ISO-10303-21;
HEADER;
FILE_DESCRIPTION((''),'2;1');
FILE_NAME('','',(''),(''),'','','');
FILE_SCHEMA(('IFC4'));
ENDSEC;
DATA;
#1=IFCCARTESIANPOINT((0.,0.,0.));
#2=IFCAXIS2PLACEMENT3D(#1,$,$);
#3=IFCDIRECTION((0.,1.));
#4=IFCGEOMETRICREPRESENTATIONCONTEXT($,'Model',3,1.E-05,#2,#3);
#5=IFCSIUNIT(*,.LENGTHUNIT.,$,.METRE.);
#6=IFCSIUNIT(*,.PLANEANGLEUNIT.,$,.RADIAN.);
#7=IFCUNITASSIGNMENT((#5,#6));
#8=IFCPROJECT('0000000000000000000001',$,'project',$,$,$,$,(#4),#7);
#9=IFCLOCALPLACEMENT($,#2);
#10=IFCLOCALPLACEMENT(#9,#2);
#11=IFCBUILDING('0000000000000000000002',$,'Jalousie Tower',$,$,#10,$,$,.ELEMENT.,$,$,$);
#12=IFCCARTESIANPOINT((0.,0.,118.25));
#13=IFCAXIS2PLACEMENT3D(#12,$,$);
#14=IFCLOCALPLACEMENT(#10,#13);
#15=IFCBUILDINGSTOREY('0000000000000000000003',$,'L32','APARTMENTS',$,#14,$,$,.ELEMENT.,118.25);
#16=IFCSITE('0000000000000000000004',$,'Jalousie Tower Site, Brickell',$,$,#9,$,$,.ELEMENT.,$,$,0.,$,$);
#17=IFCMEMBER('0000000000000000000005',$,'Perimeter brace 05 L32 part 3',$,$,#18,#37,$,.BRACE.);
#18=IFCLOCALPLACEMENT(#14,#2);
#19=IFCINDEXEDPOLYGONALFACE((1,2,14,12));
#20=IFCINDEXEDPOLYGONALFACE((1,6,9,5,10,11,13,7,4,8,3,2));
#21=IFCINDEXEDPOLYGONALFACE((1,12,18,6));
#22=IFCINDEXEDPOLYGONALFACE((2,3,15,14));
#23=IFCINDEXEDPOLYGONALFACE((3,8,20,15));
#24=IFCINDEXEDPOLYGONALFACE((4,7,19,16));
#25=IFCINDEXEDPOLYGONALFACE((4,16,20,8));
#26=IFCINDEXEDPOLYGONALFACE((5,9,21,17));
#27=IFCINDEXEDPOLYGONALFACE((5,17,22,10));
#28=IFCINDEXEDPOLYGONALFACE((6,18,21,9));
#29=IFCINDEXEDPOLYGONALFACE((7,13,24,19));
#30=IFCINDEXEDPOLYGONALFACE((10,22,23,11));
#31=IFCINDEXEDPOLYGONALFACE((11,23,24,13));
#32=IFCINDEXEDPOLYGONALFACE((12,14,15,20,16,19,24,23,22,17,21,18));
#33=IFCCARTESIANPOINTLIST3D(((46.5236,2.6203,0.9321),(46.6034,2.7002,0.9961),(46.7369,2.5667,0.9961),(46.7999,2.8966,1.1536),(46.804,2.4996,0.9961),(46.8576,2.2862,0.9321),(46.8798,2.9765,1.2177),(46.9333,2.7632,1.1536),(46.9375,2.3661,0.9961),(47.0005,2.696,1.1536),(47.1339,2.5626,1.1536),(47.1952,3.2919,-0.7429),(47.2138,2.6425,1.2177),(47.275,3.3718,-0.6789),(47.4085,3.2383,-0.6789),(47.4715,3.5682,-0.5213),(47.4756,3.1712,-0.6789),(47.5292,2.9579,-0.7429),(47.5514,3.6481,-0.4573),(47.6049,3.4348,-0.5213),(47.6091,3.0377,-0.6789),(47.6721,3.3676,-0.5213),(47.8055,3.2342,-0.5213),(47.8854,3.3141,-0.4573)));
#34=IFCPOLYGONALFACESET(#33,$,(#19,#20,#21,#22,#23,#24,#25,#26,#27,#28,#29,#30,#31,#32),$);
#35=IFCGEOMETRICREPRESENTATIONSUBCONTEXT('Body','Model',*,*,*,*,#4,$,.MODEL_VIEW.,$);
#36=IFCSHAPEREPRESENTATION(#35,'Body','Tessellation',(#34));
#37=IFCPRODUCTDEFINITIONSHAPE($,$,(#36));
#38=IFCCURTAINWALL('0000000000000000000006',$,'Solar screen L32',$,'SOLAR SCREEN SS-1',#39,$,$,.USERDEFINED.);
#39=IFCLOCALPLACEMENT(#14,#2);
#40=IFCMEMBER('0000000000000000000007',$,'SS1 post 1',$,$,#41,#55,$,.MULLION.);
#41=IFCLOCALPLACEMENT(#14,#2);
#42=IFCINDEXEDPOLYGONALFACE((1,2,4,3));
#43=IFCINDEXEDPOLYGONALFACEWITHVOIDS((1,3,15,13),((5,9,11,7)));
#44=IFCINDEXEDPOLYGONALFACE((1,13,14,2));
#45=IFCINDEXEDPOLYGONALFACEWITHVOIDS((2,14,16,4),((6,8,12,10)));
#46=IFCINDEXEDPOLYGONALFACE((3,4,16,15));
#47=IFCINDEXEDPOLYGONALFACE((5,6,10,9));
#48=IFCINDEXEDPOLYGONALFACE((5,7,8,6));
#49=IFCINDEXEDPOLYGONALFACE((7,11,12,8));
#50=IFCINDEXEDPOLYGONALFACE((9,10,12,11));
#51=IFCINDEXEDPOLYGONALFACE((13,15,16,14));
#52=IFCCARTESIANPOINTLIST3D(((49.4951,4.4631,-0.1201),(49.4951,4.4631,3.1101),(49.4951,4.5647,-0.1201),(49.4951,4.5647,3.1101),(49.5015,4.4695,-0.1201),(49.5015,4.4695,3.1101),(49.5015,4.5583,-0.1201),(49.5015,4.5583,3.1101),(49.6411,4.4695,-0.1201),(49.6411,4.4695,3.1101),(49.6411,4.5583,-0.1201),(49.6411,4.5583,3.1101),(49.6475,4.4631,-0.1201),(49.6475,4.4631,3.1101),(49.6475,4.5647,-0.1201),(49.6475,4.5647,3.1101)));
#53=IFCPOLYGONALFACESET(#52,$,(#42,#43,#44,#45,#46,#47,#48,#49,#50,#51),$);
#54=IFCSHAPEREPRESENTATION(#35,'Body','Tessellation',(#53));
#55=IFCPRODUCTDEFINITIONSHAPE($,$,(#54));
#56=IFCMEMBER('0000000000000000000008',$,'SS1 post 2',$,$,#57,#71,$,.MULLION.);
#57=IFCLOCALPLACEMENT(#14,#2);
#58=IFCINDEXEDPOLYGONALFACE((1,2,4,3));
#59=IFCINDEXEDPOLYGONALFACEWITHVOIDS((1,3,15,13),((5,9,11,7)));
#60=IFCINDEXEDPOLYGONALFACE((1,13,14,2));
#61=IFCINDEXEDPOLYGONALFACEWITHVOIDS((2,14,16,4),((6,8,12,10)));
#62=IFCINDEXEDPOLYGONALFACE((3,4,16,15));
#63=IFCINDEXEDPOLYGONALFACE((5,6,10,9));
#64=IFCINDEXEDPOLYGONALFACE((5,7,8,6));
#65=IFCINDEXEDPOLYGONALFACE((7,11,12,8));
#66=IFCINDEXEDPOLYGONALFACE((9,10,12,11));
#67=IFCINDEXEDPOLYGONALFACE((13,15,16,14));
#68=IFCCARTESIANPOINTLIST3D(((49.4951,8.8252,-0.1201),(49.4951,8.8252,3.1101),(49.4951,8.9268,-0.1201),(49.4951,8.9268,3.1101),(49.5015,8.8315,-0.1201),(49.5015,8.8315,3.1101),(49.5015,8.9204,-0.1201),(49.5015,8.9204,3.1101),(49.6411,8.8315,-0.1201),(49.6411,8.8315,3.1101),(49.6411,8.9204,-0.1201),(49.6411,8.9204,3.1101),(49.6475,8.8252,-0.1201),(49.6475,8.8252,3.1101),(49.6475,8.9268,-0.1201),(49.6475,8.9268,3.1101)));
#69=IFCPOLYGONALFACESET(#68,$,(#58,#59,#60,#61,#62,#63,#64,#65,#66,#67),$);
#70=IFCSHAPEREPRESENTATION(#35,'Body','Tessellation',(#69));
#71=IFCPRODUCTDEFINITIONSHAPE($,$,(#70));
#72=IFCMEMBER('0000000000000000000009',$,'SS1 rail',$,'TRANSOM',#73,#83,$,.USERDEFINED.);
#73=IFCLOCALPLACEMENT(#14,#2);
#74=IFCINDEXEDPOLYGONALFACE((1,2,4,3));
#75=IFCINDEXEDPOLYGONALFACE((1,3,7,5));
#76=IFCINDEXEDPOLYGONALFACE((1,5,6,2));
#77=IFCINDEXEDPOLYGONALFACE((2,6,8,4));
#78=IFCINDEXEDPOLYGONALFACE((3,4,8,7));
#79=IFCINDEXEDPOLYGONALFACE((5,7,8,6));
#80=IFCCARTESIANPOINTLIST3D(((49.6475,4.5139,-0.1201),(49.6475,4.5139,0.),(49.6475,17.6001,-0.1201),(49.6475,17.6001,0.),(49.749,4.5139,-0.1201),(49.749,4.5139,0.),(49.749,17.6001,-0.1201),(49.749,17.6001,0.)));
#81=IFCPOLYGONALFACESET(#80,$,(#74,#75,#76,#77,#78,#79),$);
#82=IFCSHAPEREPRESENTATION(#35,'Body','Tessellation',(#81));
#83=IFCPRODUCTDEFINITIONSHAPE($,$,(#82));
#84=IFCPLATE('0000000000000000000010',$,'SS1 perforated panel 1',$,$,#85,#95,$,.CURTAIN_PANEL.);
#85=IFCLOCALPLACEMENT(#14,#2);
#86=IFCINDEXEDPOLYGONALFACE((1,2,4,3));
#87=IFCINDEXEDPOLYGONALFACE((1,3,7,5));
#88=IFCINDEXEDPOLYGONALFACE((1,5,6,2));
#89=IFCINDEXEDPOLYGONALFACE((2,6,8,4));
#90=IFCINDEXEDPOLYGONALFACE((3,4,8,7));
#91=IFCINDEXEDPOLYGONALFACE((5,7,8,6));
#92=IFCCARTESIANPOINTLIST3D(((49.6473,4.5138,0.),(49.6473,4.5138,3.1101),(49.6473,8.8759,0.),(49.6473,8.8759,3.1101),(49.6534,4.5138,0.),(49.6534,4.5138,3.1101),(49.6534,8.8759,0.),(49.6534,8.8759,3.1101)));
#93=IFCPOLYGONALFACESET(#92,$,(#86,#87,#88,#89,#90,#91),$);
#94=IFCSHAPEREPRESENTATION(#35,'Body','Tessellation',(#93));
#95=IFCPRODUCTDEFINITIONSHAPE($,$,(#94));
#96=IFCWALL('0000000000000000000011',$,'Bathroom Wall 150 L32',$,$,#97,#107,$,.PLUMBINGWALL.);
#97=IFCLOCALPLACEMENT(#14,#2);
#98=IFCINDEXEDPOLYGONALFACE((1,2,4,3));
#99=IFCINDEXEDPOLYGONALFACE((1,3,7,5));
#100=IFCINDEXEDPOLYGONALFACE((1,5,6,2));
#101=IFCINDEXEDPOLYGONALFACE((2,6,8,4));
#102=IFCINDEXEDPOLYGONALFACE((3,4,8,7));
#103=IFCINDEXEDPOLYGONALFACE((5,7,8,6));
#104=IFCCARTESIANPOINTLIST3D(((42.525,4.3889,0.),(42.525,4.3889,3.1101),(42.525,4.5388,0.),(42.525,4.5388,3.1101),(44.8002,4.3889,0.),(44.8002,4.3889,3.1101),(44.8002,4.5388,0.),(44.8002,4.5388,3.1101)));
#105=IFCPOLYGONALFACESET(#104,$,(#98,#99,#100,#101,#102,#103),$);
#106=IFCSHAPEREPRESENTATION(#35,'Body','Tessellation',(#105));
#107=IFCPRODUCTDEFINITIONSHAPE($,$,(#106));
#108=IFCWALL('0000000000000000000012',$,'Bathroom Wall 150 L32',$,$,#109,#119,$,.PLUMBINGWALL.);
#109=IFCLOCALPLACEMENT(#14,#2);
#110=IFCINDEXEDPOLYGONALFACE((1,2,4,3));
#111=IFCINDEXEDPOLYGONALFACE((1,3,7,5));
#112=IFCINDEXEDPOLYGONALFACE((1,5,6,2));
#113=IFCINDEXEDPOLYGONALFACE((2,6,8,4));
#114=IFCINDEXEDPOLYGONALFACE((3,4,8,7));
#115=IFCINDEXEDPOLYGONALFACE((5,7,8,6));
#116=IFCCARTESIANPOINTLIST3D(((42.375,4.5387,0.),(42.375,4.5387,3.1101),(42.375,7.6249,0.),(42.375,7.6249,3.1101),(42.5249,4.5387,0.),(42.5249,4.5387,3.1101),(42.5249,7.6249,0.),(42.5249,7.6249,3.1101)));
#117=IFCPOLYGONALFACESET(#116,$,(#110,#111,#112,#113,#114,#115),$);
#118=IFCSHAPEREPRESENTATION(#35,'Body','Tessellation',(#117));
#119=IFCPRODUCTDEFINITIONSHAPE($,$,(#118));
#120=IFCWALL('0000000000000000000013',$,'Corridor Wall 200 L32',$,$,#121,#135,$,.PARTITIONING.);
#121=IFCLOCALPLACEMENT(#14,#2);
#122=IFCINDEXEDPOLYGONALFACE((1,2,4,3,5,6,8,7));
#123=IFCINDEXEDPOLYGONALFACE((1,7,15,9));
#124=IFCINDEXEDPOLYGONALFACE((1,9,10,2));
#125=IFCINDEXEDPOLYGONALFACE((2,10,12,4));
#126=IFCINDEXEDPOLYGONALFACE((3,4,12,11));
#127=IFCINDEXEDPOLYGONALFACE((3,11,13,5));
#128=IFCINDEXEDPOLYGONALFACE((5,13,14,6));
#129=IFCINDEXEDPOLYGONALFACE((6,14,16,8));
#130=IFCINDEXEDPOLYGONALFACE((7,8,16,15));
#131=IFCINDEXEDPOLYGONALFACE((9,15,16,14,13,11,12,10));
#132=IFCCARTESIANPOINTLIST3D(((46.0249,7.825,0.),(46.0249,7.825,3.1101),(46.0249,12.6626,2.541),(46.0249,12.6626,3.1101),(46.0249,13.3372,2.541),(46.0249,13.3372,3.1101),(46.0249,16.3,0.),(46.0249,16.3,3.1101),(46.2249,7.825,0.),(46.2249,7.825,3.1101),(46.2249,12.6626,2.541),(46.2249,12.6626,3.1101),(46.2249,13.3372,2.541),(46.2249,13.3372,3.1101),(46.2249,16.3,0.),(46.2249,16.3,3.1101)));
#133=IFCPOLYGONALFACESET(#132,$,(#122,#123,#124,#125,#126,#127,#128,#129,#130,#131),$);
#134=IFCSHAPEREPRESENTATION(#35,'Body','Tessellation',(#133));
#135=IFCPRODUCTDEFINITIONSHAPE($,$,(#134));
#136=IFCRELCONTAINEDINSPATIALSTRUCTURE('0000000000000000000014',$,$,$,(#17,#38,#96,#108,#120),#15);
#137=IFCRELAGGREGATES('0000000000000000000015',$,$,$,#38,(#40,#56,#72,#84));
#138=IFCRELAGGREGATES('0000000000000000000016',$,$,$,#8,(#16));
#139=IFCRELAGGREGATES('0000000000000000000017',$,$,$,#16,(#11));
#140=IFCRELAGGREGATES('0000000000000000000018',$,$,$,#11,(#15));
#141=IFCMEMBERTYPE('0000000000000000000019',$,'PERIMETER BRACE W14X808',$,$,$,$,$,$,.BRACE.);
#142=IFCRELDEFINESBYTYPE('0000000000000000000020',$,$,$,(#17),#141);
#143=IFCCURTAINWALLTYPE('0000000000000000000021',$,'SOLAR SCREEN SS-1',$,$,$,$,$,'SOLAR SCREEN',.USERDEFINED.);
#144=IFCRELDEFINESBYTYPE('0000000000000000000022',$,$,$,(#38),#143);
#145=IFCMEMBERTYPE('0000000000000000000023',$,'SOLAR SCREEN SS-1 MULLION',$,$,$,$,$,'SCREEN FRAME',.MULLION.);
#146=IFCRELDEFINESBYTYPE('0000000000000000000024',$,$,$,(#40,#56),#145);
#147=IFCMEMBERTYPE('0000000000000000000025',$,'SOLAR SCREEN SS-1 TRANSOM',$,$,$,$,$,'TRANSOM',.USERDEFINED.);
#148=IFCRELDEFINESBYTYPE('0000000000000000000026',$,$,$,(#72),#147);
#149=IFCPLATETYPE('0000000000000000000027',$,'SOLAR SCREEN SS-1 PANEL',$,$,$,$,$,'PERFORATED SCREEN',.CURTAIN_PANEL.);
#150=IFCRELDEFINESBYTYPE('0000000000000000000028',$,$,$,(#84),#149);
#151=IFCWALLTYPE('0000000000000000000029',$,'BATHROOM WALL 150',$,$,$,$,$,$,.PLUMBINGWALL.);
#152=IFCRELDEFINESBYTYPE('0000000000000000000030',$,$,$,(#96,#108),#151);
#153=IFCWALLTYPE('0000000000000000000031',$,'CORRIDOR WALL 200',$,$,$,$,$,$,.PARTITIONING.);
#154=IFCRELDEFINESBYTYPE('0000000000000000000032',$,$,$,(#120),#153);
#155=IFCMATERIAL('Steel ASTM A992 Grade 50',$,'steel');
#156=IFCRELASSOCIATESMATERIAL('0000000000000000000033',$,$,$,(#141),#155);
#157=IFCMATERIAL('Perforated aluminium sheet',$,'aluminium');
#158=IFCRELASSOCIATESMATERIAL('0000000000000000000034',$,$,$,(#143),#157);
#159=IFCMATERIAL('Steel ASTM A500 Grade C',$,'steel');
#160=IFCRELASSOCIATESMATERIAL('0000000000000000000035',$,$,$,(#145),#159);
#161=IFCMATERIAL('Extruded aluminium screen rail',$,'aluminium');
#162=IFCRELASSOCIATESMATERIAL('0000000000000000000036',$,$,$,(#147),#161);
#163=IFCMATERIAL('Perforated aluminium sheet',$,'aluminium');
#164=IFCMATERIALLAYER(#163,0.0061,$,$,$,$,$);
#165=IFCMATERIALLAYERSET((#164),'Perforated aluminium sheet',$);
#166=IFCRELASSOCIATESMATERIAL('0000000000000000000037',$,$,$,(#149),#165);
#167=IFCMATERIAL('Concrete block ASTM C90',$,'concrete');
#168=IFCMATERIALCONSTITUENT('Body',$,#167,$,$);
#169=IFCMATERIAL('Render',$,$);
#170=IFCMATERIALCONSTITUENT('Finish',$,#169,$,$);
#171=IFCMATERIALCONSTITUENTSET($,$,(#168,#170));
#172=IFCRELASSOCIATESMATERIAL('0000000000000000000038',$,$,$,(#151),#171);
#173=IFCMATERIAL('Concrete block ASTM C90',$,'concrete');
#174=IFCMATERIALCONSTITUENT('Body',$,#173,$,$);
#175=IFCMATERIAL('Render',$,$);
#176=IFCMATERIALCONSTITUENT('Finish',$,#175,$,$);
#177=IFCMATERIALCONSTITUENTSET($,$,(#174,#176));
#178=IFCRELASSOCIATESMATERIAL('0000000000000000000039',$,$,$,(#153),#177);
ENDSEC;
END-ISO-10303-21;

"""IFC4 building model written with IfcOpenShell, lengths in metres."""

from ifc_helpers import new_model, si_unit, direction, frame, frame_2d, origin, origin_2d, place, context, subcontext, project, spatial, polyline, rectangle, hollow_rectangle, i_section, outline, extrude, material, layer, layer_set, constituent, constituent_set, material_profile, profile_set, type_object, element, aggregate, save


model = new_model("IFC4")

# Units and contexts
model_context = context("Model", 3, precision=1e-05, world=origin(), true_north=direction((0.0, 1.0)))
body_context = subcontext(model_context, "Body", "Model", "MODEL_VIEW")
ifc_project = project(units=[si_unit("LENGTHUNIT", "METRE"), si_unit("PLANEANGLEUNIT", "RADIAN")], contexts=[model_context])

# Site, building, storey
site_placement = place(None, origin())
site = spatial("IfcSite", under=ifc_project, at=site_placement, Name="Jalousie Tower Site, Brickell", CompositionType="ELEMENT", RefElevation=0.0)
building_placement = place(site_placement, origin())
building = spatial("IfcBuilding", under=site, at=building_placement, Name="Jalousie Tower", CompositionType="ELEMENT")
storey_placement = place(building_placement, frame((0.0, 0.0, 118.25)))
storey = spatial("IfcBuildingStorey", under=building, at=storey_placement, Name="L32", Description="APARTMENTS", CompositionType="ELEMENT", Elevation=118.25)

# Member
ifc_material_1 = material(Name="Steel ASTM A992 Grade 50", Category="steel")
ifc_material_profile_1 = material_profile(ifc_material_1, i_section(OverallWidth=0.4724, OverallDepth=0.5791, WebThickness=0.095, FlangeThickness=0.1299, at=origin_2d()), Name="W14X808")
ifc_profile_set_1 = profile_set([ifc_material_profile_1], Name="Steel ASTM A992 Grade 50")
member_type_1 = type_object("IfcMemberType", Name="PERIMETER BRACE W14X808", PredefinedType="BRACE", material=ifc_profile_set_1)
member_1_placement = place(storey_placement, frame((47.5403, 3.303, -0.6001), z_axis=(-0.348789, -0.348789, 0.869881), x_axis=(0.707107, -0.707107, 0.0)))
element("IfcMember", 1, at=member_1_placement, inside=storey, type_object=member_type_1, Name="Perimeter brace 05 L32 part 3", PredefinedType="BRACE", context=body_context, shape_type="SweptSolid", body=[
    extrude(i_section(OverallWidth=0.4724, OverallDepth=0.5791, WebThickness=0.095, FlangeThickness=0.1299, at=origin_2d()), origin(), (0.0, 0.0, 1.0), 1.9255),
])

# Curtain wall, members, plate
ifc_material_2 = material(Name="Perforated aluminium sheet", Category="aluminium")
curtain_wall_type = type_object("IfcCurtainWallType", Name="SOLAR SCREEN SS-1", ElementType="SOLAR SCREEN", PredefinedType="USERDEFINED", material=ifc_material_2)
curtain_wall_placement = place(storey_placement, origin())
curtain_wall = element("IfcCurtainWall", 2, at=curtain_wall_placement, inside=storey, type_object=curtain_wall_type, Name="Solar screen L32", ObjectType="SOLAR SCREEN SS-1", PredefinedType="USERDEFINED")
ifc_material_3 = material(Name="Steel ASTM A500 Grade C", Category="steel")
ifc_material_profile_2 = material_profile(ifc_material_3, hollow_rectangle(XDim=0.1016, YDim=0.1523, WallThickness=0.0063, at=origin_2d()), Name="HSS6X4X1/4")
ifc_profile_set_2 = profile_set([ifc_material_profile_2], Name="Steel ASTM A500 Grade C")
member_type_2 = type_object("IfcMemberType", Name="SOLAR SCREEN SS-1 MULLION", ElementType="SCREEN FRAME", PredefinedType="MULLION", material=ifc_profile_set_2)
member_2_placement = place(storey_placement, frame((49.5713, 4.5139, -0.1201), z_axis=(0.0, 0.0, 1.0), x_axis=(0.0, 1.0, 0.0)))
member_2 = element("IfcMember", 3, at=member_2_placement, type_object=member_type_2, Name="SS1 post 1", PredefinedType="MULLION", context=body_context, shape_type="SweptSolid", body=[
    extrude(hollow_rectangle(XDim=0.1016, YDim=0.1523, WallThickness=0.0063, at=origin_2d()), origin(), (0.0, 0.0, 1.0), 3.2302),
])
member_3_placement = place(storey_placement, frame((49.5713, 8.876, -0.1201), z_axis=(0.0, 0.0, 1.0), x_axis=(0.0, 1.0, 0.0)))
member_3 = element("IfcMember", 4, at=member_3_placement, type_object=member_type_2, Name="SS1 post 2", PredefinedType="MULLION", context=body_context, shape_type="SweptSolid", body=[
    extrude(hollow_rectangle(XDim=0.1016, YDim=0.1523, WallThickness=0.0063, at=origin_2d()), origin(), (0.0, 0.0, 1.0), 3.2302),
])
ifc_material_4 = material(Name="Extruded aluminium screen rail", Category="aluminium")
ifc_material_profile_3 = material_profile(ifc_material_4, rectangle(XDim=0.1016, YDim=0.1201, at=origin_2d()), Name="RAIL 102x120")
ifc_profile_set_3 = profile_set([ifc_material_profile_3], Name="Extruded aluminium screen rail")
member_type_3 = type_object("IfcMemberType", Name="SOLAR SCREEN SS-1 TRANSOM", ElementType="TRANSOM", PredefinedType="USERDEFINED", material=ifc_profile_set_3)
member_4_placement = place(storey_placement, frame((49.6982, 4.5139, -0.0601), z_axis=(0.0, 1.0, 0.0), x_axis=(-1.0, 0.0, 0.0)))
member_4 = element("IfcMember", 5, at=member_4_placement, type_object=member_type_3, Name="SS1 rail", ObjectType="TRANSOM", PredefinedType="USERDEFINED", context=body_context, shape_type="SweptSolid", body=[
    extrude(rectangle(XDim=0.1016, YDim=0.1201, at=origin_2d()), origin(), (0.0, 0.0, 1.0), 13.0862),
])
ifc_material_5 = material(Name="Perforated aluminium sheet", Category="aluminium")
ifc_layer_1 = layer(ifc_material_5, 0.0061)
ifc_layer_set_1 = layer_set([ifc_layer_1], Name="Perforated aluminium sheet")
plate_type = type_object("IfcPlateType", Name="SOLAR SCREEN SS-1 PANEL", ElementType="PERFORATED SCREEN", PredefinedType="CURTAIN_PANEL", material=ifc_layer_set_1)
plate_placement = place(storey_placement, frame((49.6504, 6.6948, 0.0), z_axis=(0.0, 0.0, 1.0), x_axis=(0.0, 1.0, 0.0)))
plate = element("IfcPlate", 6, at=plate_placement, type_object=plate_type, Name="SS1 perforated panel 1", PredefinedType="CURTAIN_PANEL", context=body_context, shape_type="SweptSolid", body=[
    extrude(rectangle(XDim=4.3621, YDim=0.0061, at=origin_2d()), origin(), (0.0, 0.0, 1.0), 3.1101),
])
aggregate(curtain_wall, [member_2, member_3, member_4, plate])

# Walls
ifc_material_6 = material(Name="Concrete block ASTM C90", Category="concrete")
ifc_constituent_1 = constituent(ifc_material_6, Name="Body")
ifc_material_7 = material(Name="Render")
ifc_constituent_2 = constituent(ifc_material_7, Name="Finish")
ifc_constituent_set_1 = constituent_set(constituents=[ifc_constituent_1, ifc_constituent_2])
wall_type_1 = type_object("IfcWallType", Name="BATHROOM WALL 150", PredefinedType="PLUMBINGWALL", material=ifc_constituent_set_1)
wall_1_placement = place(storey_placement, frame((42.5249, 4.4639, 0.0), z_axis=(0.0, 0.0, 1.0), x_axis=(1.0, 0.0, 0.0)))
element("IfcWall", 7, at=wall_1_placement, inside=storey, type_object=wall_type_1, Name="Bathroom Wall 150 L32", PredefinedType="PLUMBINGWALL", context=body_context, shape_type="SweptSolid", body=[
    extrude(rectangle(XDim=2.2751, YDim=0.1499, at=frame_2d((1.1377, 0.0))), origin(), (0.0, 0.0, 1.0), 3.1101),
])
wall_2_placement = place(storey_placement, frame((42.45, 4.5388, 0.0), z_axis=(0.0, 0.0, 1.0), x_axis=(0.0, 1.0, 0.0)))
element("IfcWall", 8, at=wall_2_placement, inside=storey, type_object=wall_type_1, Name="Bathroom Wall 150 L32", PredefinedType="PLUMBINGWALL", context=body_context, shape_type="SweptSolid", body=[
    extrude(rectangle(XDim=3.0862, YDim=0.1499, at=frame_2d((1.543, 0.0))), origin(), (0.0, 0.0, 1.0), 3.1101),
])
ifc_material_8 = material(Name="Concrete block ASTM C90", Category="concrete")
ifc_constituent_3 = constituent(ifc_material_8, Name="Body")
ifc_material_9 = material(Name="Render")
ifc_constituent_4 = constituent(ifc_material_9, Name="Finish")
ifc_constituent_set_2 = constituent_set(constituents=[ifc_constituent_3, ifc_constituent_4])
wall_type_2 = type_object("IfcWallType", Name="CORRIDOR WALL 200", PredefinedType="PARTITIONING", material=ifc_constituent_set_2)
wall_3_placement = place(storey_placement, frame((46.125, 7.825, 0.0), z_axis=(0.0, 0.0, 1.0), x_axis=(0.0, 1.0, 0.0)))
element("IfcWall", 9, at=wall_3_placement, inside=storey, type_object=wall_type_2, Name="Corridor Wall 200 L32", PredefinedType="PARTITIONING", context=body_context, shape_type="SweptSolid", body=[
    extrude(outline(polyline([(0.0, 0.0), (8.4751, 0.0), (8.4751, 3.1101), (5.5122, 3.1101), (5.5122, 2.541), (4.8376, 2.541), (4.8376, 3.1101), (0.0, 3.1101), (0.0, 0.0)])), frame((0.0, 0.1001, 0.0), z_axis=(0.0, -1.0, 0.0), x_axis=(1.0, 0.0, 0.0)), (0.0, 0.0, 1.0), 0.2),
])

save(model, "model.ifc")
